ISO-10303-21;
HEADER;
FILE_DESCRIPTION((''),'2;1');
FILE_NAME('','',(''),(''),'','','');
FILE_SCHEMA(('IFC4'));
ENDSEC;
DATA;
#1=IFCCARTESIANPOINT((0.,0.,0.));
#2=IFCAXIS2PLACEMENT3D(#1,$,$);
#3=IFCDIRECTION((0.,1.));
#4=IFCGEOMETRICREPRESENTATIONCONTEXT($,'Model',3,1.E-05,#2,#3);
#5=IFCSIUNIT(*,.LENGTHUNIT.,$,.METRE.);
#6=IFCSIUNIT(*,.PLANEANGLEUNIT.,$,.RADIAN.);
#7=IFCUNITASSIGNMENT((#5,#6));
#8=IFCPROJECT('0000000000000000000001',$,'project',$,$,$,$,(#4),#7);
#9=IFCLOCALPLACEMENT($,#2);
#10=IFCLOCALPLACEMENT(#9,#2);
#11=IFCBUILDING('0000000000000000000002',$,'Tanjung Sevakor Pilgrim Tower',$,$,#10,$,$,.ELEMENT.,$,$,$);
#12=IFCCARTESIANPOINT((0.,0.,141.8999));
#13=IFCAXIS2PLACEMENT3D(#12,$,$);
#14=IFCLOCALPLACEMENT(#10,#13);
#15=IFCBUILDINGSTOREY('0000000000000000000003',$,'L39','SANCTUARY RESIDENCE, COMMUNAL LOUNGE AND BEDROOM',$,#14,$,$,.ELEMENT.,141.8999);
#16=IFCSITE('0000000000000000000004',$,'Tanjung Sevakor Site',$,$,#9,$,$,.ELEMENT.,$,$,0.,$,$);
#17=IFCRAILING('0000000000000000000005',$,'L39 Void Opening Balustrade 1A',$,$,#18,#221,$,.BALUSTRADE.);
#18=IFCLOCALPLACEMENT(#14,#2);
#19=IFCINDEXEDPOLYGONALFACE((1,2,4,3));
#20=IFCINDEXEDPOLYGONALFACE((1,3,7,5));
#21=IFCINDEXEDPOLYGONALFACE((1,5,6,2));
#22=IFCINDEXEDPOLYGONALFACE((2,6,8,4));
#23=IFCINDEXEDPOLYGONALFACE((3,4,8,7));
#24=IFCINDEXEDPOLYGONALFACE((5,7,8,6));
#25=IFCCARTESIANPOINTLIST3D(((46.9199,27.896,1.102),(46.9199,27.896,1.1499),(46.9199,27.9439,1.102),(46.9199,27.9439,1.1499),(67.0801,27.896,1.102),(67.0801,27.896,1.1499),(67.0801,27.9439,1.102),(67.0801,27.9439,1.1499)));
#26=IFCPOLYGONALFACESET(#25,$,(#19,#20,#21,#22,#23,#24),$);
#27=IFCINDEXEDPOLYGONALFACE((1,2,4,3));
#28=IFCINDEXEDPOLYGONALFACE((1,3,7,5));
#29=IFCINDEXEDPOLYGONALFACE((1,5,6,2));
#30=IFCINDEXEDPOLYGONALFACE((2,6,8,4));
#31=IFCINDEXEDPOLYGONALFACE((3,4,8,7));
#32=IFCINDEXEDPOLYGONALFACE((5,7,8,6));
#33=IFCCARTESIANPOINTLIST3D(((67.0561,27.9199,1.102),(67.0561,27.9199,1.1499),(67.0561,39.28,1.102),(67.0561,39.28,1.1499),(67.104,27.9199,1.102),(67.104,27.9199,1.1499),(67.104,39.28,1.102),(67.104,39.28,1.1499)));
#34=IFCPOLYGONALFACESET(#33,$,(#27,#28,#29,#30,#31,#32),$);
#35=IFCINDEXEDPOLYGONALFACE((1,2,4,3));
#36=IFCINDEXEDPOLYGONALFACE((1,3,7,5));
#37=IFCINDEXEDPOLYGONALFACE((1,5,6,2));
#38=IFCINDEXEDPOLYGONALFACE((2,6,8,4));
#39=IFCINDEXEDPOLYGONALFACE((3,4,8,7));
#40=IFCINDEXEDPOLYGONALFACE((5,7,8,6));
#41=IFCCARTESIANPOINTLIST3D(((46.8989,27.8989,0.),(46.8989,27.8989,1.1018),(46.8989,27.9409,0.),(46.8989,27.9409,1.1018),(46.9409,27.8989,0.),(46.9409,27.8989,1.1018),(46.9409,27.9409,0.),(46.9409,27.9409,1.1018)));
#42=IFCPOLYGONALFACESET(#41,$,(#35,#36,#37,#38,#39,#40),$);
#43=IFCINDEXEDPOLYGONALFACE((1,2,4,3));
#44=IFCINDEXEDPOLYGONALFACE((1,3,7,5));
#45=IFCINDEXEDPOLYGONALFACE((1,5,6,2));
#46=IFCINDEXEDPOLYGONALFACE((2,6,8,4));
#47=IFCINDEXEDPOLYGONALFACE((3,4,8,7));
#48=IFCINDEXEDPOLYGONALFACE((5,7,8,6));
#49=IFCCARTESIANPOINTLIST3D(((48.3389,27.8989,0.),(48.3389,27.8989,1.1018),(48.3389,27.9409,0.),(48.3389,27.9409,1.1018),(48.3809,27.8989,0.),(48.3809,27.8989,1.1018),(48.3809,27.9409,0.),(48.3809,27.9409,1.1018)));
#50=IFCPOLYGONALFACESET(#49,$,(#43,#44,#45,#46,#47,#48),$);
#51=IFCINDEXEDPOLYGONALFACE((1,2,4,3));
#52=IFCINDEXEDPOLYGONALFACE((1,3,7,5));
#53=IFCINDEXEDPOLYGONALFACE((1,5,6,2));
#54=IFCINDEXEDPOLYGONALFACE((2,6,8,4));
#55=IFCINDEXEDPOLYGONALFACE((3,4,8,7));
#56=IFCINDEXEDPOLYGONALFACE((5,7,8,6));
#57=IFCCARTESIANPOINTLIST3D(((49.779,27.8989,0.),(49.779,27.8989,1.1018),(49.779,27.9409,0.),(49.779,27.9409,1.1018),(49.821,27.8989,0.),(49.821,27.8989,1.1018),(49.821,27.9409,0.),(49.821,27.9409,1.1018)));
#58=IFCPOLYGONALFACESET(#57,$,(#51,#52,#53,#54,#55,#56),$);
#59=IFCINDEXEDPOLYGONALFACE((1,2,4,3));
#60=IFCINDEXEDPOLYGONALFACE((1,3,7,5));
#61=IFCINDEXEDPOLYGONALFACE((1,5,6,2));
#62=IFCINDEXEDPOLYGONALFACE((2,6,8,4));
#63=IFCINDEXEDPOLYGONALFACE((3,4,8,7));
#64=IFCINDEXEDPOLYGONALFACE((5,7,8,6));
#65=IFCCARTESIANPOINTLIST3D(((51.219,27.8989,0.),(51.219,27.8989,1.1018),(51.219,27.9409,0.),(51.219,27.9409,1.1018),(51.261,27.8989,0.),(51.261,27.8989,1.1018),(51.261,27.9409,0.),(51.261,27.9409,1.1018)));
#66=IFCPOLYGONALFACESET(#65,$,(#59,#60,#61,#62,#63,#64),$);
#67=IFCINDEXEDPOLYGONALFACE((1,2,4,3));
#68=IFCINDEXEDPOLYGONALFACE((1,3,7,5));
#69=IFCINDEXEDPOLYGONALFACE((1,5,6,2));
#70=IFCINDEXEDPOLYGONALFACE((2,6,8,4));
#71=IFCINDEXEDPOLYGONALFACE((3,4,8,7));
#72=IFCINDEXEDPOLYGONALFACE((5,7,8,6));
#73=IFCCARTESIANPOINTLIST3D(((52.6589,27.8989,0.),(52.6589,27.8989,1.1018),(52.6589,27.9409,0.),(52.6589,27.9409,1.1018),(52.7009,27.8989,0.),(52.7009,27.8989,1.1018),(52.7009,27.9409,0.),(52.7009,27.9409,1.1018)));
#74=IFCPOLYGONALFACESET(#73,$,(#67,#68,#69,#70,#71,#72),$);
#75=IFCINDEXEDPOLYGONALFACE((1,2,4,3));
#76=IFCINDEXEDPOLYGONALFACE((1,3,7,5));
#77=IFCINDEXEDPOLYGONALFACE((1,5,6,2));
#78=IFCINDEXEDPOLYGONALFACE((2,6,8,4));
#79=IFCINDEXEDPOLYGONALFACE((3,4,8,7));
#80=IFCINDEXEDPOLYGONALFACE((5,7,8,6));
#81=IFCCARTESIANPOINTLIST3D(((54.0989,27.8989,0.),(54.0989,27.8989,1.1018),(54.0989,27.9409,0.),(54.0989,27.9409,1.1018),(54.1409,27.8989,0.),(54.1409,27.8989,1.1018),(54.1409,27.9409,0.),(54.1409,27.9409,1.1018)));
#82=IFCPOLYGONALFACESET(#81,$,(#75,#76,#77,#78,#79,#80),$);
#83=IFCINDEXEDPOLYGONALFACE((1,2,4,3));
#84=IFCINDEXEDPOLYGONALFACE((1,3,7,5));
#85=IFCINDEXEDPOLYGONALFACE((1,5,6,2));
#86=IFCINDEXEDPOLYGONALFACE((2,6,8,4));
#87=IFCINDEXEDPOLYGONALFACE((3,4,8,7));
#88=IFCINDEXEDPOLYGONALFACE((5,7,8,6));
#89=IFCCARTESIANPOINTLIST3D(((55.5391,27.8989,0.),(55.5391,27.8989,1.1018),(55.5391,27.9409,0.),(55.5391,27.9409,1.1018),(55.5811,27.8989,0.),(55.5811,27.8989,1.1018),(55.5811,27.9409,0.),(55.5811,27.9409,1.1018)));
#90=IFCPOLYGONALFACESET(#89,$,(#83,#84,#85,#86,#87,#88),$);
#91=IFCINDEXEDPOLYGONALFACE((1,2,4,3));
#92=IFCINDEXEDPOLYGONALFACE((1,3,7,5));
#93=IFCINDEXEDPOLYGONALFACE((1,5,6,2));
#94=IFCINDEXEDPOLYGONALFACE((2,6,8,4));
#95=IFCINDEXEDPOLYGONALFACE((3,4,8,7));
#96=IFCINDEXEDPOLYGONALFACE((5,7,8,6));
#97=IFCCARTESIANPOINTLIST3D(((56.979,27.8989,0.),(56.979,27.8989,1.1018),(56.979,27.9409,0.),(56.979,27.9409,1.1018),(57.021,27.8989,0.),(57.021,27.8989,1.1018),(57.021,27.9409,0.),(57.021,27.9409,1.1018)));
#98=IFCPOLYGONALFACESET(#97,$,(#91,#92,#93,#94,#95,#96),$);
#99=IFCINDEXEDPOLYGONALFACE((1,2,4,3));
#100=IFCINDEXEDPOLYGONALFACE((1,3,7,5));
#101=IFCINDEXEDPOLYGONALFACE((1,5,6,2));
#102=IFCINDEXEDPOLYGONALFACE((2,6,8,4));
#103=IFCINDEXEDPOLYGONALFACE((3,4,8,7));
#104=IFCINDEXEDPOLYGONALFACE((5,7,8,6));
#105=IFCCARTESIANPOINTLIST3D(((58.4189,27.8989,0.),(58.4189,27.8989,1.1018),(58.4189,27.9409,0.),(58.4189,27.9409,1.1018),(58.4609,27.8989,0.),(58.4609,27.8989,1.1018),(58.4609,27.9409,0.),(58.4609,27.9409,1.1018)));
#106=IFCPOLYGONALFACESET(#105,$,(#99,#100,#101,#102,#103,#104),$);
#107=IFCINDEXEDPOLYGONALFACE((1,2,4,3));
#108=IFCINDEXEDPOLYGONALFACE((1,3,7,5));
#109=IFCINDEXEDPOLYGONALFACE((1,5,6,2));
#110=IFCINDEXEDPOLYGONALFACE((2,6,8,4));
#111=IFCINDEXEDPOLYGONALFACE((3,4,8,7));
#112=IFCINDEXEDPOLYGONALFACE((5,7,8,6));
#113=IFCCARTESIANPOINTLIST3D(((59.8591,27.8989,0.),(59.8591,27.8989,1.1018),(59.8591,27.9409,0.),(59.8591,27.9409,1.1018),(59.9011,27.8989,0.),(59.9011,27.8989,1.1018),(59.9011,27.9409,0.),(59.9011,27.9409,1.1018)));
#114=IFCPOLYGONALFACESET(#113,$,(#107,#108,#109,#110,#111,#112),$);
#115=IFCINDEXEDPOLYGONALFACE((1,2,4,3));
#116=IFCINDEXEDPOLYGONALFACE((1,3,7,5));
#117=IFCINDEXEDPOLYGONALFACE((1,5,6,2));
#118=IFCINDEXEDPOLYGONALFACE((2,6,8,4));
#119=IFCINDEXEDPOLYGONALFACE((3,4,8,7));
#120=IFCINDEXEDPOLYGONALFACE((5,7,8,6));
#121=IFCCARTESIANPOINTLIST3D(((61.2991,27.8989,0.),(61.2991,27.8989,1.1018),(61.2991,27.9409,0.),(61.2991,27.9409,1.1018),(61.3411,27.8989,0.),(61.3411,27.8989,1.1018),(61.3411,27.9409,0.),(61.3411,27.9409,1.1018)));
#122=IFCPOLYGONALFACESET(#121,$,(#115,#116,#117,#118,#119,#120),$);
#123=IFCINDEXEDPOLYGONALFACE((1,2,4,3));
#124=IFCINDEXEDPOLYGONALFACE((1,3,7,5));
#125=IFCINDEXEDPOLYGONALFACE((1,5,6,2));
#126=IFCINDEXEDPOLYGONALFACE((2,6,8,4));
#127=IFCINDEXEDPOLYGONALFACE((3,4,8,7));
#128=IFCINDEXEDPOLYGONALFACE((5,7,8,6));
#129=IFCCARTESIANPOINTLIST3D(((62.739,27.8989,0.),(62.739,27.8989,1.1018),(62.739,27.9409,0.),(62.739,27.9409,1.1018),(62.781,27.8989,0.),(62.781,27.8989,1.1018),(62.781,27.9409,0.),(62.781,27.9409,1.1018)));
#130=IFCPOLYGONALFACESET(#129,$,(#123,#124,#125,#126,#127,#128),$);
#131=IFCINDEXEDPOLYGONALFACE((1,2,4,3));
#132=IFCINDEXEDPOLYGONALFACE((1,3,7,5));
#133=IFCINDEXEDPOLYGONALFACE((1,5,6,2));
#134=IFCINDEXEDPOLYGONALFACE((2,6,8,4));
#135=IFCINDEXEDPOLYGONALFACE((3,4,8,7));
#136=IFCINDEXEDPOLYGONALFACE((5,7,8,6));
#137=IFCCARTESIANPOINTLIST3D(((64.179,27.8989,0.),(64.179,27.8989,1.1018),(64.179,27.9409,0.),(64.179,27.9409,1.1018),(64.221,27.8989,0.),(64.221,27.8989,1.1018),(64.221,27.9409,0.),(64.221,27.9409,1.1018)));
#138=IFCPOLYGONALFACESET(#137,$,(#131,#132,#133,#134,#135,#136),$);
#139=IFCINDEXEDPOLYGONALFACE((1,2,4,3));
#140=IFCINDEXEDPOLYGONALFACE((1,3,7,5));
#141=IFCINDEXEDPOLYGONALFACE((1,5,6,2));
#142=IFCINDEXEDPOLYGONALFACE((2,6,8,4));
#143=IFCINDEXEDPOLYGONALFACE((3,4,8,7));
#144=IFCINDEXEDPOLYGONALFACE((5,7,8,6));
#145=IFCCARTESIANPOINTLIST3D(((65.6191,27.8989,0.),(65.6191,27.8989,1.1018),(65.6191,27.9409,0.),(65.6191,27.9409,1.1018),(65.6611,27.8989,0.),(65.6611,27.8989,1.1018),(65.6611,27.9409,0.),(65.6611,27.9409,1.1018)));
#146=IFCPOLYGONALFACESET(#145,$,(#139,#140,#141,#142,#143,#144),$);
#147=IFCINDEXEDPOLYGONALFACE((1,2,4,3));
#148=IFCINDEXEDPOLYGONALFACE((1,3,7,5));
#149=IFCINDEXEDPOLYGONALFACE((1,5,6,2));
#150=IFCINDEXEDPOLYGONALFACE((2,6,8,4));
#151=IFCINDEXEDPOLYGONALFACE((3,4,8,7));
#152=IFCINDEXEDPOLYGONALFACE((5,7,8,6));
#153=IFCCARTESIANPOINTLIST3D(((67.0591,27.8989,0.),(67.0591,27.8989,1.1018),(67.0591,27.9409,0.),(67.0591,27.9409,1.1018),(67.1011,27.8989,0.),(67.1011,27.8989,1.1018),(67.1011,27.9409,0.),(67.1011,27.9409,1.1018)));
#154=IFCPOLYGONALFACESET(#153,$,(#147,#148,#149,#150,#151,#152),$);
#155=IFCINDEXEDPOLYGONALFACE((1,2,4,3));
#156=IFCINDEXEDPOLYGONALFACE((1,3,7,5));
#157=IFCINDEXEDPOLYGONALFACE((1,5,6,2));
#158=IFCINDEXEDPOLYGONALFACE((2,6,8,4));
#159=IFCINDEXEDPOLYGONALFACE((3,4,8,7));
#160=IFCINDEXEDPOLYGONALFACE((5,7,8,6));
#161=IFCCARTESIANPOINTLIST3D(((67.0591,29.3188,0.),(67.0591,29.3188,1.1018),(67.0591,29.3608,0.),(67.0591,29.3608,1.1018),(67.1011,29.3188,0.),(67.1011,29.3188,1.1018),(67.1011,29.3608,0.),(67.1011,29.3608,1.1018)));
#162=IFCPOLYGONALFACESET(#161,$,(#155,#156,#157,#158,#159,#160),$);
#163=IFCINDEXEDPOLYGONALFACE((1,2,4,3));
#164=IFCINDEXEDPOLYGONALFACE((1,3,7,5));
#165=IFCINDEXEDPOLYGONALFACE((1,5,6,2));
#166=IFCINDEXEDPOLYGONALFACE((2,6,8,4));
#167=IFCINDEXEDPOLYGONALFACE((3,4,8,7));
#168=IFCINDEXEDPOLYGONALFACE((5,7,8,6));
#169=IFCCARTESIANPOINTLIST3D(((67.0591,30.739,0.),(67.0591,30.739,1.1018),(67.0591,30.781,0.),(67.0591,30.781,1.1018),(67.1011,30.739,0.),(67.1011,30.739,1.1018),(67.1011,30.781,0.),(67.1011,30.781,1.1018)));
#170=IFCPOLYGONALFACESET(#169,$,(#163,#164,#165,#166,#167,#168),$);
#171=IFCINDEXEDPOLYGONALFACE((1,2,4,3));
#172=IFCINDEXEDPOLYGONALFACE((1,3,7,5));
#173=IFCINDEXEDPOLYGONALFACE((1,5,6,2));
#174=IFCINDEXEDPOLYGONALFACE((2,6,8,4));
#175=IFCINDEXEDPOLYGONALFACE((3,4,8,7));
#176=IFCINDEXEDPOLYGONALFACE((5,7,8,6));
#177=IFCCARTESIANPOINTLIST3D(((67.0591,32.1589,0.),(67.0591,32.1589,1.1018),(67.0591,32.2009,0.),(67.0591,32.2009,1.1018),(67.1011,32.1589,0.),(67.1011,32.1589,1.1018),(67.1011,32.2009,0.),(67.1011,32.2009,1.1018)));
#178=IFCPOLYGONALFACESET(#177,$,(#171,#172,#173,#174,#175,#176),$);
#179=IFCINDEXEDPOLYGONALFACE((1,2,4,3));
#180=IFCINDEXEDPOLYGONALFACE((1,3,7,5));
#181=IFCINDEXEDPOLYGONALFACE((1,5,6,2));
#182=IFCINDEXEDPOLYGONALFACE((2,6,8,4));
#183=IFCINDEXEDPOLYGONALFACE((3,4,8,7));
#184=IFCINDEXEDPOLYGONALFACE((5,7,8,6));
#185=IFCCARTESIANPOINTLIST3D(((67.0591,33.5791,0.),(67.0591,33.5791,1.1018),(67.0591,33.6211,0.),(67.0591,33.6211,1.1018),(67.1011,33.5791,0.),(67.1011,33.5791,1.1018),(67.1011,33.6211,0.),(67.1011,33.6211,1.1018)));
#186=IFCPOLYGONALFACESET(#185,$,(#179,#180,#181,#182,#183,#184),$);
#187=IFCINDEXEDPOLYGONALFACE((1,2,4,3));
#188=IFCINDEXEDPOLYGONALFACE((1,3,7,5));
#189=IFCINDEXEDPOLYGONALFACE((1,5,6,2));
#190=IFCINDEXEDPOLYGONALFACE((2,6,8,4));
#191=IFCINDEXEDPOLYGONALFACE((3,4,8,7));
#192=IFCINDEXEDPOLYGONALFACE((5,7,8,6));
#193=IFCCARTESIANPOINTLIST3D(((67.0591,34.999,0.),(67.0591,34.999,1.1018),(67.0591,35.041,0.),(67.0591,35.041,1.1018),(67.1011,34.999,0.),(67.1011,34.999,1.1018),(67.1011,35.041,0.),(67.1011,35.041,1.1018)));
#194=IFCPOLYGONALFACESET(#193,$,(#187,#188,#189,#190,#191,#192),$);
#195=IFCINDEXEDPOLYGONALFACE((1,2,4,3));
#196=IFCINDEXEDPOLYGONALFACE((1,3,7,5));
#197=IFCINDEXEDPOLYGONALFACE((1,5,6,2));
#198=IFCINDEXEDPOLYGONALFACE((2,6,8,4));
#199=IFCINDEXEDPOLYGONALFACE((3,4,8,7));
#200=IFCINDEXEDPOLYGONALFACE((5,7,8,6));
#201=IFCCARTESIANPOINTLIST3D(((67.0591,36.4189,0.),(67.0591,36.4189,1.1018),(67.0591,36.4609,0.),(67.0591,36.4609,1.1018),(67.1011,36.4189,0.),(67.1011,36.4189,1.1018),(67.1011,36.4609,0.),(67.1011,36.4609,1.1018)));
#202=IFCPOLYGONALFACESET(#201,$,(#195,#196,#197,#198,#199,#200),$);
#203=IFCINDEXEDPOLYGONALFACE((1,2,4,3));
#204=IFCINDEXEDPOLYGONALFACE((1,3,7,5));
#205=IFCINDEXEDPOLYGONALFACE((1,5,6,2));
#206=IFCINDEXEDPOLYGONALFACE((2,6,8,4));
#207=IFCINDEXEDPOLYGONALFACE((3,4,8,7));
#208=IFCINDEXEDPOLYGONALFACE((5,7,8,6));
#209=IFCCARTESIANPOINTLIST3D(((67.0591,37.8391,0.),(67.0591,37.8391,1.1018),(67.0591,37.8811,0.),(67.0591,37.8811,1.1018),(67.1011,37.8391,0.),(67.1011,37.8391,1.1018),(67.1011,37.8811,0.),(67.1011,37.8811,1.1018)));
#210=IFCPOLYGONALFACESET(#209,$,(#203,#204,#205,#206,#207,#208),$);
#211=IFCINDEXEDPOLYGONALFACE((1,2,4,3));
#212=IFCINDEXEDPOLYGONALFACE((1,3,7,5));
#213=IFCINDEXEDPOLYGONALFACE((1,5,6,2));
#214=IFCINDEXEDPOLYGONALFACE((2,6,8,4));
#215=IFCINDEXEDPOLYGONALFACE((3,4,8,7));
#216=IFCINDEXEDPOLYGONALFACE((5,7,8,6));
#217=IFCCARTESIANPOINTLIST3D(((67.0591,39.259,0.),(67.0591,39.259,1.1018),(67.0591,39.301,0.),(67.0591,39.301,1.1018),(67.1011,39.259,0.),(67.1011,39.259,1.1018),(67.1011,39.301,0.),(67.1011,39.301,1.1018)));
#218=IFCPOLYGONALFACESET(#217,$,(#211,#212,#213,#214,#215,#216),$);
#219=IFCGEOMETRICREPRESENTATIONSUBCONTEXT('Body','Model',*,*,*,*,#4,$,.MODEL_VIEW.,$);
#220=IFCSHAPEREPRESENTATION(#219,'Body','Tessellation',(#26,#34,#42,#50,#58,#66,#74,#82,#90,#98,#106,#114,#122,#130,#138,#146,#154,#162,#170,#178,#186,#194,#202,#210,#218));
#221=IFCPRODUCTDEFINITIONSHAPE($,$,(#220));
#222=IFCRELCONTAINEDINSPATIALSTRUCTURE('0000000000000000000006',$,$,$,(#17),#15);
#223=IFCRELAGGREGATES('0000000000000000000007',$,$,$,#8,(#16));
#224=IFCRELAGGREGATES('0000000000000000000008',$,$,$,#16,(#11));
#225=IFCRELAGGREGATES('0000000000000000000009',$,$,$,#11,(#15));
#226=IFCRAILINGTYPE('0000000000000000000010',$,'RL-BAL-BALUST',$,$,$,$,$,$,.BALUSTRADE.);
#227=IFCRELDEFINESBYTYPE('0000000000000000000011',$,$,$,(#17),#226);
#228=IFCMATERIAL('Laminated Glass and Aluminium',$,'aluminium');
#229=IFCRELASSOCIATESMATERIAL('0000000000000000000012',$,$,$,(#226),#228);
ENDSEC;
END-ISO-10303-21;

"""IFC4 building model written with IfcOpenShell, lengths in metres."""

from ifc_helpers import new_model, si_unit, direction, frame, origin, place, context, subcontext, project, spatial, rectangle, extrude, material, type_object, element, save


model = new_model("IFC4")

# Units and contexts
model_context = context("Model", 3, precision=1e-05, world=origin(), true_north=direction((0.0, 1.0)))
body_context = subcontext(model_context, "Body", "Model", "MODEL_VIEW")
ifc_project = project(units=[si_unit("LENGTHUNIT", "METRE"), si_unit("PLANEANGLEUNIT", "RADIAN")], contexts=[model_context])

# Site, building, storey
site_placement = place(None, origin())
site = spatial("IfcSite", under=ifc_project, at=site_placement, Name="Tanjung Sevakor Site", CompositionType="ELEMENT", RefElevation=0.0)
building_placement = place(site_placement, origin())
building = spatial("IfcBuilding", under=site, at=building_placement, Name="Tanjung Sevakor Pilgrim Tower", CompositionType="ELEMENT")
storey_placement = place(building_placement, frame((0.0, 0.0, 141.8999)))
storey = spatial("IfcBuildingStorey", under=building, at=storey_placement, Name="L39", Description="SANCTUARY RESIDENCE, COMMUNAL LOUNGE AND BEDROOM", CompositionType="ELEMENT", Elevation=141.8999)

# Railing
ifc_material_1 = material(Name="Laminated Glass and Aluminium", Category="aluminium")
railing_type_1 = type_object("IfcRailingType", Name="RL-BAL-BALUST", PredefinedType="BALUSTRADE", material=ifc_material_1)
railing_1_placement = place(storey_placement, frame((46.9199, 27.9199, 0.0)))
element("IfcRailing", 1, at=railing_1_placement, inside=storey, type_object=railing_type_1, Name="L39 Void Opening Balustrade 1A", PredefinedType="BALUSTRADE", context=body_context, shape_type="SweptSolid", body=[
    extrude(rectangle(XDim=0.0479, YDim=0.0479), frame((0.0, 0.0, 1.126), z_axis=(1.0, 0.0, 0.0), x_axis=(0.0, 1.0, 0.0)), (0.0, 0.0, 1.0), 20.1602),
    extrude(rectangle(XDim=0.0479, YDim=0.0479), frame((20.1602, 0.0, 1.126), z_axis=(0.0, 1.0, 0.0), x_axis=(-1.0, 0.0, 0.0)), (0.0, 0.0, 1.0), 11.3601),
    extrude(rectangle(XDim=0.042, YDim=0.042), origin(), (0.0, 0.0, 1.0), 1.1018),
    extrude(rectangle(XDim=0.042, YDim=0.042), frame((1.4399, 0.0, 0.0)), (0.0, 0.0, 1.0), 1.1018),
    extrude(rectangle(XDim=0.042, YDim=0.042), frame((2.8801, 0.0, 0.0)), (0.0, 0.0, 1.0), 1.1018),
    extrude(rectangle(XDim=0.042, YDim=0.042), frame((4.3201, 0.0, 0.0)), (0.0, 0.0, 1.0), 1.1018),
    extrude(rectangle(XDim=0.042, YDim=0.042), frame((5.76, 0.0, 0.0)), (0.0, 0.0, 1.0), 1.1018),
    extrude(rectangle(XDim=0.042, YDim=0.042), frame((7.2, 0.0, 0.0)), (0.0, 0.0, 1.0), 1.1018),
    extrude(rectangle(XDim=0.042, YDim=0.042), frame((8.6401, 0.0, 0.0)), (0.0, 0.0, 1.0), 1.1018),
    extrude(rectangle(XDim=0.042, YDim=0.042), frame((10.0801, 0.0, 0.0)), (0.0, 0.0, 1.0), 1.1018),
    extrude(rectangle(XDim=0.042, YDim=0.042), frame((11.52, 0.0, 0.0)), (0.0, 0.0, 1.0), 1.1018),
    extrude(rectangle(XDim=0.042, YDim=0.042), frame((12.9602, 0.0, 0.0)), (0.0, 0.0, 1.0), 1.1018),
    extrude(rectangle(XDim=0.042, YDim=0.042), frame((14.4001, 0.0, 0.0)), (0.0, 0.0, 1.0), 1.1018),
    extrude(rectangle(XDim=0.042, YDim=0.042), frame((15.8401, 0.0, 0.0)), (0.0, 0.0, 1.0), 1.1018),
    extrude(rectangle(XDim=0.042, YDim=0.042), frame((17.28, 0.0, 0.0)), (0.0, 0.0, 1.0), 1.1018),
    extrude(rectangle(XDim=0.042, YDim=0.042), frame((18.7202, 0.0, 0.0)), (0.0, 0.0, 1.0), 1.1018),
    extrude(rectangle(XDim=0.042, YDim=0.042), frame((20.1602, 0.0, 0.0)), (0.0, 0.0, 1.0), 1.1018),
    extrude(rectangle(XDim=0.042, YDim=0.042), frame((20.1602, 1.4199, 0.0)), (0.0, 0.0, 1.0), 1.1018),
    extrude(rectangle(XDim=0.042, YDim=0.042), frame((20.1602, 2.8401, 0.0)), (0.0, 0.0, 1.0), 1.1018),
    extrude(rectangle(XDim=0.042, YDim=0.042), frame((20.1602, 4.26, 0.0)), (0.0, 0.0, 1.0), 1.1018),
    extrude(rectangle(XDim=0.042, YDim=0.042), frame((20.1602, 5.6802, 0.0)), (0.0, 0.0, 1.0), 1.1018),
    extrude(rectangle(XDim=0.042, YDim=0.042), frame((20.1602, 7.1001, 0.0)), (0.0, 0.0, 1.0), 1.1018),
    extrude(rectangle(XDim=0.042, YDim=0.042), frame((20.1602, 8.52, 0.0)), (0.0, 0.0, 1.0), 1.1018),
    extrude(rectangle(XDim=0.042, YDim=0.042), frame((20.1602, 9.9402, 0.0)), (0.0, 0.0, 1.0), 1.1018),
    extrude(rectangle(XDim=0.042, YDim=0.042), frame((20.1602, 11.3601, 0.0)), (0.0, 0.0, 1.0), 1.1018),
])

save(model, "model.ifc")
